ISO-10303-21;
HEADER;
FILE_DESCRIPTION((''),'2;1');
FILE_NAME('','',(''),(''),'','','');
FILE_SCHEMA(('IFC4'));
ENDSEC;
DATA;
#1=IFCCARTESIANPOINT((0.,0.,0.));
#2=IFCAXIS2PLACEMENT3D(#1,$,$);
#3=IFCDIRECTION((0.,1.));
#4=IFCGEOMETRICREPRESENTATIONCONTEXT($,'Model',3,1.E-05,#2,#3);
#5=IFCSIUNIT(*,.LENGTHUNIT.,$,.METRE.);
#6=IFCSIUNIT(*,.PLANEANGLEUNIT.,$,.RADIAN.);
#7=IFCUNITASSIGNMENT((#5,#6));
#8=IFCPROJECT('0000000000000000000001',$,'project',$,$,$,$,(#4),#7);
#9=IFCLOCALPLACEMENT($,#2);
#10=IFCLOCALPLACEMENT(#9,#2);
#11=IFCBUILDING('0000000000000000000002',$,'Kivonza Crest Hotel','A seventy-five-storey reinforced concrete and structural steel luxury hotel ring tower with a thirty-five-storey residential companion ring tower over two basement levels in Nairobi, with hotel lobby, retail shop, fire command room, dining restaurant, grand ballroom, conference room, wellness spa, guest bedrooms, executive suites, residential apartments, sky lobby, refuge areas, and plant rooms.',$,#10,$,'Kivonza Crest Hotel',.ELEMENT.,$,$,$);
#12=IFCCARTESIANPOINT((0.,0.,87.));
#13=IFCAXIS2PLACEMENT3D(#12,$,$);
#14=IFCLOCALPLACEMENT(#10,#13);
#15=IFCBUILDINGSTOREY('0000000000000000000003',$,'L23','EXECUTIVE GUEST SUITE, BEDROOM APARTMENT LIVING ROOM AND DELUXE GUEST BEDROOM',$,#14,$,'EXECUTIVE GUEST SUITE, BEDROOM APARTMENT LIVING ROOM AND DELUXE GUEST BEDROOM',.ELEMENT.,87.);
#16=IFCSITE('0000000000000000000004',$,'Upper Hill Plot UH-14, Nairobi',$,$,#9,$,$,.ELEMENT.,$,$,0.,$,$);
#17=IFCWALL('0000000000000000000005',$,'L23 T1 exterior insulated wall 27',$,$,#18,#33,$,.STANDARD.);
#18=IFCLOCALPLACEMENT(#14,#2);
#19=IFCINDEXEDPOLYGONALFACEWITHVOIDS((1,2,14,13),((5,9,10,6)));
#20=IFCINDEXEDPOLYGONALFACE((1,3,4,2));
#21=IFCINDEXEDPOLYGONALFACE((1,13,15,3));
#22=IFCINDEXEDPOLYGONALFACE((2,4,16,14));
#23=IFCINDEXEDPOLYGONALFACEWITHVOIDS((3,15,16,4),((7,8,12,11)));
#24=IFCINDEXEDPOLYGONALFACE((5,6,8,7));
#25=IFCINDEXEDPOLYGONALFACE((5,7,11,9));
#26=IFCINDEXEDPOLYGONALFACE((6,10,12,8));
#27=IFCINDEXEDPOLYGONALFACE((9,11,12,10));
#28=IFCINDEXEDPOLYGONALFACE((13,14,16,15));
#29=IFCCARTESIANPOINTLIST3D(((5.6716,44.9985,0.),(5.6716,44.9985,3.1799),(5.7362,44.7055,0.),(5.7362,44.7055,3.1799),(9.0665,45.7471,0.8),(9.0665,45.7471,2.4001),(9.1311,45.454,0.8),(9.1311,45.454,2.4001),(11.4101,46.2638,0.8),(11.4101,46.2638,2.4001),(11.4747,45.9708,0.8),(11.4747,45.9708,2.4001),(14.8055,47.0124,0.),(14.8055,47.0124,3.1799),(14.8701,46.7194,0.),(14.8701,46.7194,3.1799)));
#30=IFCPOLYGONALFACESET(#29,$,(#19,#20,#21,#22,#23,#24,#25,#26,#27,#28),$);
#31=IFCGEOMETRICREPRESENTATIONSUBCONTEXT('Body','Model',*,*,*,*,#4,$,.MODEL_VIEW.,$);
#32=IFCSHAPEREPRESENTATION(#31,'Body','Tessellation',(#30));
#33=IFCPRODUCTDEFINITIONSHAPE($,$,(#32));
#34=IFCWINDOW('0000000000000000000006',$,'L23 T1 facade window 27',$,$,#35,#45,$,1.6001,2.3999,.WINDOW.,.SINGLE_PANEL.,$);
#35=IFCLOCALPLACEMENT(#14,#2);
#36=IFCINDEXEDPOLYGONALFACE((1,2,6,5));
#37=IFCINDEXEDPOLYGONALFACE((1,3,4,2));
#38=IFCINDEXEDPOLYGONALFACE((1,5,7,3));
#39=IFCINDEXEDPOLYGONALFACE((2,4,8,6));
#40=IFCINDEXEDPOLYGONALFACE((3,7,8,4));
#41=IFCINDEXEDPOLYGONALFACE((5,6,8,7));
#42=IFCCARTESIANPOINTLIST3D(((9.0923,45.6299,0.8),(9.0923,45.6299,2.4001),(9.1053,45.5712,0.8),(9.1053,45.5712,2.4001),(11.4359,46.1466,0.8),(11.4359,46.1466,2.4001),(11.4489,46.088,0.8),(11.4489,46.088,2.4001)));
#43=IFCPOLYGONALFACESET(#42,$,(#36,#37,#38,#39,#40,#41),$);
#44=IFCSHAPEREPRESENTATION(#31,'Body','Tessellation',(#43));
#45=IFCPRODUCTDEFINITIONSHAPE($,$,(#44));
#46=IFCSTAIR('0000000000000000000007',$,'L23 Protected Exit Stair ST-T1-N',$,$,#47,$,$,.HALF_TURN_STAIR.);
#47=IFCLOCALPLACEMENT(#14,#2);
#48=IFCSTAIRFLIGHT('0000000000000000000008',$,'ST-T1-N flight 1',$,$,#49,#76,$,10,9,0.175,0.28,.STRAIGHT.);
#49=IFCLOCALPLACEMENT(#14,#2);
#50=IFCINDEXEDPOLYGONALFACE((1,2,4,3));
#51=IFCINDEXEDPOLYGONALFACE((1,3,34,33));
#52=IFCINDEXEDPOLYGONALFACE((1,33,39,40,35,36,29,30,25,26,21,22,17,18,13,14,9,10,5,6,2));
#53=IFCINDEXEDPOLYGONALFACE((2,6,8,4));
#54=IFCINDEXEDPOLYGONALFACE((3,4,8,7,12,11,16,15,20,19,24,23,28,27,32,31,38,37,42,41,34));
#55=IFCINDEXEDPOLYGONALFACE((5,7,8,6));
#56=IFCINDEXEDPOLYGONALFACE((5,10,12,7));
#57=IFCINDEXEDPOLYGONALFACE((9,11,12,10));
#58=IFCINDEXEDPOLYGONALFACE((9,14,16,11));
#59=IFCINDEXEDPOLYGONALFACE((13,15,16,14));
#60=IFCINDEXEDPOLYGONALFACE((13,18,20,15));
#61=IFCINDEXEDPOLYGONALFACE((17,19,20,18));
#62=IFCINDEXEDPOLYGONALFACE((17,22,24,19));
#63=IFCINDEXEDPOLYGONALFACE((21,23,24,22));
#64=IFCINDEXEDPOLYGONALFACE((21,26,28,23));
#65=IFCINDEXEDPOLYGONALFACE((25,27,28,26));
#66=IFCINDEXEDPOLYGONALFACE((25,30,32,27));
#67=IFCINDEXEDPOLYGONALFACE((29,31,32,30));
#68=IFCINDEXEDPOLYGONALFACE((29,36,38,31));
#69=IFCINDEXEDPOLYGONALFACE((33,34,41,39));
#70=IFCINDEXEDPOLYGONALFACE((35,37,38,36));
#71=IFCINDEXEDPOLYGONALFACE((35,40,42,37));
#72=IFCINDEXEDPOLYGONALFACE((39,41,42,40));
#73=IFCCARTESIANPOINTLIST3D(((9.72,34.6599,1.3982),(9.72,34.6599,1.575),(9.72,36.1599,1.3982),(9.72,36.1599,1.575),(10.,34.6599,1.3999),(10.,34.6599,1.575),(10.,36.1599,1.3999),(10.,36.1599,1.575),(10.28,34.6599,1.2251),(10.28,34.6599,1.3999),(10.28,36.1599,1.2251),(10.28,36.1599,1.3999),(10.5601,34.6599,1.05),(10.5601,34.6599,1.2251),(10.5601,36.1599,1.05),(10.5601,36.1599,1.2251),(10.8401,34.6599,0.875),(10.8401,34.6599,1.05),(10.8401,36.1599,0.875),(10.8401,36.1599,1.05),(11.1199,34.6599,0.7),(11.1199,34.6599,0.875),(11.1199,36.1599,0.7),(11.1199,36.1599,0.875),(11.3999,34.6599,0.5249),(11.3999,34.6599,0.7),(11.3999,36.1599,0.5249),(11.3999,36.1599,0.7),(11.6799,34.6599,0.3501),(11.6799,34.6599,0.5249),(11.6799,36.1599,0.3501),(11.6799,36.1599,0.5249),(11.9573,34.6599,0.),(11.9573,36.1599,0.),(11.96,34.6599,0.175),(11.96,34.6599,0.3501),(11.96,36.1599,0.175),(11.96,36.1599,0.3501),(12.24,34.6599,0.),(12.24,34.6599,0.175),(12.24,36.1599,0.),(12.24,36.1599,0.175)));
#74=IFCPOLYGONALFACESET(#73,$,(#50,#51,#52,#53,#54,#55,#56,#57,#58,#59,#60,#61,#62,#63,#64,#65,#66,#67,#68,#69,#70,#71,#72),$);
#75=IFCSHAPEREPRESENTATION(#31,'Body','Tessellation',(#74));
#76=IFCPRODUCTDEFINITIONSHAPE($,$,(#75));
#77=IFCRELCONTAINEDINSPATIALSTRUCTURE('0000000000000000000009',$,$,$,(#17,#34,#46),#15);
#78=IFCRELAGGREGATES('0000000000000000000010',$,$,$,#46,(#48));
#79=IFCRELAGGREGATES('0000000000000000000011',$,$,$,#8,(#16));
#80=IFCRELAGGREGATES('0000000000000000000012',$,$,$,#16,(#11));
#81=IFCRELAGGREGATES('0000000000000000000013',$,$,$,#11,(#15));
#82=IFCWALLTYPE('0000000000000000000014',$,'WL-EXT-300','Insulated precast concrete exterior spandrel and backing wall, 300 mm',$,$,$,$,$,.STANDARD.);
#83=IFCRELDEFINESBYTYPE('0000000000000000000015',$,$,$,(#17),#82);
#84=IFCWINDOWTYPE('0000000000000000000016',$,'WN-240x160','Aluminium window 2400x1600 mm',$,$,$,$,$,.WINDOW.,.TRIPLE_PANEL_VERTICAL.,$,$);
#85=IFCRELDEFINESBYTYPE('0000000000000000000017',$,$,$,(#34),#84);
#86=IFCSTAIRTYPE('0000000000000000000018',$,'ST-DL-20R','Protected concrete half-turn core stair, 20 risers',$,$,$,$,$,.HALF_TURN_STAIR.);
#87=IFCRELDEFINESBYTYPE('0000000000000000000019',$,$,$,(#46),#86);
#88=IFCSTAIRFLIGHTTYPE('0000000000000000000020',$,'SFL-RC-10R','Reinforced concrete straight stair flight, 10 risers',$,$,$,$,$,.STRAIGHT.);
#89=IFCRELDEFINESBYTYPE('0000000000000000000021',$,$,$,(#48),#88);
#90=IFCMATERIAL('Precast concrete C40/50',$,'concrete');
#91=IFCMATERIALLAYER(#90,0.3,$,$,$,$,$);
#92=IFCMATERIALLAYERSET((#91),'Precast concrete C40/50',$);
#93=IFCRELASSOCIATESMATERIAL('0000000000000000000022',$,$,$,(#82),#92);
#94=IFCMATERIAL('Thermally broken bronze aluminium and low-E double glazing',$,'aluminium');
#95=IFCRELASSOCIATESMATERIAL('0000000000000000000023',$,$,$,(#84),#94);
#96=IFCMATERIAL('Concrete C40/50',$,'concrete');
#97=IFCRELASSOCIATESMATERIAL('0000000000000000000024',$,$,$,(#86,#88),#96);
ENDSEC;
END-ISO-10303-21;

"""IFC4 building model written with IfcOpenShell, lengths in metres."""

from ifc_helpers import new_model, si_unit, direction, frame, frame_2d, origin, place, context, subcontext, project, spatial, polyline, rectangle, outline, extrude, material, layer, layer_set, type_object, element, fill, aggregate, save


model = new_model("IFC4")

# Units and contexts
model_context = context("Model", 3, precision=1e-05, world=origin(), true_north=direction((0.0, 1.0)))
body_context = subcontext(model_context, "Body", "Model", "MODEL_VIEW")
ifc_project = project(units=[si_unit("LENGTHUNIT", "METRE"), si_unit("PLANEANGLEUNIT", "RADIAN")], contexts=[model_context])

# Site, building, storey
site_placement = place(None, origin())
site = spatial("IfcSite", under=ifc_project, at=site_placement, Name="Upper Hill Plot UH-14, Nairobi", CompositionType="ELEMENT", RefElevation=0.0)
building_placement = place(site_placement, origin())
building = spatial("IfcBuilding", under=site, at=building_placement, Name="Kivonza Crest Hotel", Description="A seventy-five-storey reinforced concrete and structural steel luxury hotel ring tower with a thirty-five-storey residential companion ring tower over two basement levels in Nairobi, with hotel lobby, retail shop, fire command room, dining restaurant, grand ballroom, conference room, wellness spa, guest bedrooms, executive suites, residential apartments, sky lobby, refuge areas, and plant rooms.", LongName="Kivonza Crest Hotel", CompositionType="ELEMENT")
storey_placement = place(building_placement, frame((0.0, 0.0, 87.0)))
storey = spatial("IfcBuildingStorey", under=building, at=storey_placement, Name="L23", Description="EXECUTIVE GUEST SUITE, BEDROOM APARTMENT LIVING ROOM AND DELUXE GUEST BEDROOM", LongName="EXECUTIVE GUEST SUITE, BEDROOM APARTMENT LIVING ROOM AND DELUXE GUEST BEDROOM", CompositionType="ELEMENT", Elevation=87.0)

# Wall, opening, window
ifc_material_1 = material(Name="Precast concrete C40/50", Category="concrete")
ifc_layer_1 = layer(ifc_material_1, 0.3)
ifc_layer_set_1 = layer_set([ifc_layer_1], Name="Precast concrete C40/50")
wall_type_1 = type_object("IfcWallType", Name="WL-EXT-300", Description="Insulated precast concrete exterior spandrel and backing wall, 300 mm", PredefinedType="STANDARD", material=ifc_layer_set_1)
wall_1_placement = place(storey_placement, frame((14.8379, 46.866, 0.0), z_axis=(0.0, 0.0, 1.0), x_axis=(-0.976544, -0.215319, 0.0)))
wall_1 = element("IfcWall", 1, at=wall_1_placement, inside=storey, type_object=wall_type_1, Name="L23 T1 exterior insulated wall 27", PredefinedType="STANDARD", context=body_context, shape_type="SweptSolid", body=[
    extrude(rectangle(XDim=9.3533, YDim=0.3, at=frame_2d((4.6768, 0.0))), origin(), (0.0, 0.0, 1.0), 3.1799),
])
opening_1_placement = place(wall_1_placement, frame((3.4771, 0.0, 0.8)))
opening_1 = element("IfcOpeningElement", 2, at=opening_1_placement, cuts=wall_1, PredefinedType="OPENING", context=body_context, shape_type="SweptSolid", body=[
    extrude(rectangle(XDim=2.3999, YDim=1.6001, at=frame_2d((1.2, 0.8))), frame((0.0, 0.1602, 0.0), z_axis=(0.0, -1.0, 0.0), x_axis=(1.0, 0.0, 0.0)), (0.0, 0.0, 1.0), 0.3201),
])
ifc_material_2 = material(Name="Thermally broken bronze aluminium and low-E double glazing", Category="aluminium")
window_type = type_object("IfcWindowType", Name="WN-240x160", Description="Aluminium window 2400x1600 mm", PartitioningType="TRIPLE_PANEL_VERTICAL", PredefinedType="WINDOW", material=ifc_material_2)
window_placement = place(opening_1_placement, origin())
window = element("IfcWindow", 3, at=window_placement, inside=storey, type_object=window_type, Name="L23 T1 facade window 27", OverallHeight=1.6001, OverallWidth=2.3999, PartitioningType="SINGLE_PANEL", PredefinedType="WINDOW", context=body_context, shape_type="SweptSolid", body=[
    extrude(rectangle(XDim=2.3999, YDim=1.6001, at=frame_2d((1.2, 0.8))), frame((0.0, 0.03, 0.0), z_axis=(0.0, -1.0, 0.0), x_axis=(1.0, 0.0, 0.0)), (0.0, 0.0, 1.0), 0.0601),
])
fill(opening_1, window)

# Stair, stair flight
ifc_material_3 = material(Name="Concrete C40/50", Category="concrete")
stair_type = type_object("IfcStairType", Name="ST-DL-20R", Description="Protected concrete half-turn core stair, 20 risers", PredefinedType="HALF_TURN_STAIR", material=ifc_material_3)
stair_placement = place(storey_placement, origin())
stair = element("IfcStair", 4, at=stair_placement, inside=storey, type_object=stair_type, Name="L23 Protected Exit Stair ST-T1-N", PredefinedType="HALF_TURN_STAIR")
stair_flight_type = type_object("IfcStairFlightType", Name="SFL-RC-10R", Description="Reinforced concrete straight stair flight, 10 risers", PredefinedType="STRAIGHT", material=ifc_material_3)
stair_flight_placement = place(storey_placement, frame((12.24, 35.4099, 0.0), z_axis=(0.0, 0.0, 1.0), x_axis=(-1.0, 0.0, 0.0)))
stair_flight = element("IfcStairFlight", 5, at=stair_flight_placement, type_object=stair_flight_type, Name="ST-T1-N flight 1", NumberOfRisers=10, NumberOfTreads=9, PredefinedType="STRAIGHT", RiserHeight=0.175, TreadLength=0.28, context=body_context, shape_type="SweptSolid", body=[
    extrude(outline(polyline([(0.0, 0.0), (0.0, 0.175), (0.28, 0.175), (0.28, 0.3501), (0.5601, 0.3501), (0.5601, 0.5249), (0.8401, 0.5249), (0.8401, 0.7), (1.1201, 0.7), (1.1201, 0.875), (1.3999, 0.875), (1.3999, 1.05), (1.6799, 1.05), (1.6799, 1.2251), (1.96, 1.2251), (1.96, 1.3999), (2.24, 1.3999), (2.24, 1.575), (2.52, 1.575), (2.52, 1.75), (2.52, 1.3982), (0.2827, 0.0), (0.0, 0.0)])), frame((0.0, 0.75, 0.0), z_axis=(0.0, -1.0, 0.0), x_axis=(1.0, 0.0, 0.0)), (0.0, 0.0, 1.0), 1.5),
])
aggregate(stair, [stair_flight])

save(model, "model.ifc")
